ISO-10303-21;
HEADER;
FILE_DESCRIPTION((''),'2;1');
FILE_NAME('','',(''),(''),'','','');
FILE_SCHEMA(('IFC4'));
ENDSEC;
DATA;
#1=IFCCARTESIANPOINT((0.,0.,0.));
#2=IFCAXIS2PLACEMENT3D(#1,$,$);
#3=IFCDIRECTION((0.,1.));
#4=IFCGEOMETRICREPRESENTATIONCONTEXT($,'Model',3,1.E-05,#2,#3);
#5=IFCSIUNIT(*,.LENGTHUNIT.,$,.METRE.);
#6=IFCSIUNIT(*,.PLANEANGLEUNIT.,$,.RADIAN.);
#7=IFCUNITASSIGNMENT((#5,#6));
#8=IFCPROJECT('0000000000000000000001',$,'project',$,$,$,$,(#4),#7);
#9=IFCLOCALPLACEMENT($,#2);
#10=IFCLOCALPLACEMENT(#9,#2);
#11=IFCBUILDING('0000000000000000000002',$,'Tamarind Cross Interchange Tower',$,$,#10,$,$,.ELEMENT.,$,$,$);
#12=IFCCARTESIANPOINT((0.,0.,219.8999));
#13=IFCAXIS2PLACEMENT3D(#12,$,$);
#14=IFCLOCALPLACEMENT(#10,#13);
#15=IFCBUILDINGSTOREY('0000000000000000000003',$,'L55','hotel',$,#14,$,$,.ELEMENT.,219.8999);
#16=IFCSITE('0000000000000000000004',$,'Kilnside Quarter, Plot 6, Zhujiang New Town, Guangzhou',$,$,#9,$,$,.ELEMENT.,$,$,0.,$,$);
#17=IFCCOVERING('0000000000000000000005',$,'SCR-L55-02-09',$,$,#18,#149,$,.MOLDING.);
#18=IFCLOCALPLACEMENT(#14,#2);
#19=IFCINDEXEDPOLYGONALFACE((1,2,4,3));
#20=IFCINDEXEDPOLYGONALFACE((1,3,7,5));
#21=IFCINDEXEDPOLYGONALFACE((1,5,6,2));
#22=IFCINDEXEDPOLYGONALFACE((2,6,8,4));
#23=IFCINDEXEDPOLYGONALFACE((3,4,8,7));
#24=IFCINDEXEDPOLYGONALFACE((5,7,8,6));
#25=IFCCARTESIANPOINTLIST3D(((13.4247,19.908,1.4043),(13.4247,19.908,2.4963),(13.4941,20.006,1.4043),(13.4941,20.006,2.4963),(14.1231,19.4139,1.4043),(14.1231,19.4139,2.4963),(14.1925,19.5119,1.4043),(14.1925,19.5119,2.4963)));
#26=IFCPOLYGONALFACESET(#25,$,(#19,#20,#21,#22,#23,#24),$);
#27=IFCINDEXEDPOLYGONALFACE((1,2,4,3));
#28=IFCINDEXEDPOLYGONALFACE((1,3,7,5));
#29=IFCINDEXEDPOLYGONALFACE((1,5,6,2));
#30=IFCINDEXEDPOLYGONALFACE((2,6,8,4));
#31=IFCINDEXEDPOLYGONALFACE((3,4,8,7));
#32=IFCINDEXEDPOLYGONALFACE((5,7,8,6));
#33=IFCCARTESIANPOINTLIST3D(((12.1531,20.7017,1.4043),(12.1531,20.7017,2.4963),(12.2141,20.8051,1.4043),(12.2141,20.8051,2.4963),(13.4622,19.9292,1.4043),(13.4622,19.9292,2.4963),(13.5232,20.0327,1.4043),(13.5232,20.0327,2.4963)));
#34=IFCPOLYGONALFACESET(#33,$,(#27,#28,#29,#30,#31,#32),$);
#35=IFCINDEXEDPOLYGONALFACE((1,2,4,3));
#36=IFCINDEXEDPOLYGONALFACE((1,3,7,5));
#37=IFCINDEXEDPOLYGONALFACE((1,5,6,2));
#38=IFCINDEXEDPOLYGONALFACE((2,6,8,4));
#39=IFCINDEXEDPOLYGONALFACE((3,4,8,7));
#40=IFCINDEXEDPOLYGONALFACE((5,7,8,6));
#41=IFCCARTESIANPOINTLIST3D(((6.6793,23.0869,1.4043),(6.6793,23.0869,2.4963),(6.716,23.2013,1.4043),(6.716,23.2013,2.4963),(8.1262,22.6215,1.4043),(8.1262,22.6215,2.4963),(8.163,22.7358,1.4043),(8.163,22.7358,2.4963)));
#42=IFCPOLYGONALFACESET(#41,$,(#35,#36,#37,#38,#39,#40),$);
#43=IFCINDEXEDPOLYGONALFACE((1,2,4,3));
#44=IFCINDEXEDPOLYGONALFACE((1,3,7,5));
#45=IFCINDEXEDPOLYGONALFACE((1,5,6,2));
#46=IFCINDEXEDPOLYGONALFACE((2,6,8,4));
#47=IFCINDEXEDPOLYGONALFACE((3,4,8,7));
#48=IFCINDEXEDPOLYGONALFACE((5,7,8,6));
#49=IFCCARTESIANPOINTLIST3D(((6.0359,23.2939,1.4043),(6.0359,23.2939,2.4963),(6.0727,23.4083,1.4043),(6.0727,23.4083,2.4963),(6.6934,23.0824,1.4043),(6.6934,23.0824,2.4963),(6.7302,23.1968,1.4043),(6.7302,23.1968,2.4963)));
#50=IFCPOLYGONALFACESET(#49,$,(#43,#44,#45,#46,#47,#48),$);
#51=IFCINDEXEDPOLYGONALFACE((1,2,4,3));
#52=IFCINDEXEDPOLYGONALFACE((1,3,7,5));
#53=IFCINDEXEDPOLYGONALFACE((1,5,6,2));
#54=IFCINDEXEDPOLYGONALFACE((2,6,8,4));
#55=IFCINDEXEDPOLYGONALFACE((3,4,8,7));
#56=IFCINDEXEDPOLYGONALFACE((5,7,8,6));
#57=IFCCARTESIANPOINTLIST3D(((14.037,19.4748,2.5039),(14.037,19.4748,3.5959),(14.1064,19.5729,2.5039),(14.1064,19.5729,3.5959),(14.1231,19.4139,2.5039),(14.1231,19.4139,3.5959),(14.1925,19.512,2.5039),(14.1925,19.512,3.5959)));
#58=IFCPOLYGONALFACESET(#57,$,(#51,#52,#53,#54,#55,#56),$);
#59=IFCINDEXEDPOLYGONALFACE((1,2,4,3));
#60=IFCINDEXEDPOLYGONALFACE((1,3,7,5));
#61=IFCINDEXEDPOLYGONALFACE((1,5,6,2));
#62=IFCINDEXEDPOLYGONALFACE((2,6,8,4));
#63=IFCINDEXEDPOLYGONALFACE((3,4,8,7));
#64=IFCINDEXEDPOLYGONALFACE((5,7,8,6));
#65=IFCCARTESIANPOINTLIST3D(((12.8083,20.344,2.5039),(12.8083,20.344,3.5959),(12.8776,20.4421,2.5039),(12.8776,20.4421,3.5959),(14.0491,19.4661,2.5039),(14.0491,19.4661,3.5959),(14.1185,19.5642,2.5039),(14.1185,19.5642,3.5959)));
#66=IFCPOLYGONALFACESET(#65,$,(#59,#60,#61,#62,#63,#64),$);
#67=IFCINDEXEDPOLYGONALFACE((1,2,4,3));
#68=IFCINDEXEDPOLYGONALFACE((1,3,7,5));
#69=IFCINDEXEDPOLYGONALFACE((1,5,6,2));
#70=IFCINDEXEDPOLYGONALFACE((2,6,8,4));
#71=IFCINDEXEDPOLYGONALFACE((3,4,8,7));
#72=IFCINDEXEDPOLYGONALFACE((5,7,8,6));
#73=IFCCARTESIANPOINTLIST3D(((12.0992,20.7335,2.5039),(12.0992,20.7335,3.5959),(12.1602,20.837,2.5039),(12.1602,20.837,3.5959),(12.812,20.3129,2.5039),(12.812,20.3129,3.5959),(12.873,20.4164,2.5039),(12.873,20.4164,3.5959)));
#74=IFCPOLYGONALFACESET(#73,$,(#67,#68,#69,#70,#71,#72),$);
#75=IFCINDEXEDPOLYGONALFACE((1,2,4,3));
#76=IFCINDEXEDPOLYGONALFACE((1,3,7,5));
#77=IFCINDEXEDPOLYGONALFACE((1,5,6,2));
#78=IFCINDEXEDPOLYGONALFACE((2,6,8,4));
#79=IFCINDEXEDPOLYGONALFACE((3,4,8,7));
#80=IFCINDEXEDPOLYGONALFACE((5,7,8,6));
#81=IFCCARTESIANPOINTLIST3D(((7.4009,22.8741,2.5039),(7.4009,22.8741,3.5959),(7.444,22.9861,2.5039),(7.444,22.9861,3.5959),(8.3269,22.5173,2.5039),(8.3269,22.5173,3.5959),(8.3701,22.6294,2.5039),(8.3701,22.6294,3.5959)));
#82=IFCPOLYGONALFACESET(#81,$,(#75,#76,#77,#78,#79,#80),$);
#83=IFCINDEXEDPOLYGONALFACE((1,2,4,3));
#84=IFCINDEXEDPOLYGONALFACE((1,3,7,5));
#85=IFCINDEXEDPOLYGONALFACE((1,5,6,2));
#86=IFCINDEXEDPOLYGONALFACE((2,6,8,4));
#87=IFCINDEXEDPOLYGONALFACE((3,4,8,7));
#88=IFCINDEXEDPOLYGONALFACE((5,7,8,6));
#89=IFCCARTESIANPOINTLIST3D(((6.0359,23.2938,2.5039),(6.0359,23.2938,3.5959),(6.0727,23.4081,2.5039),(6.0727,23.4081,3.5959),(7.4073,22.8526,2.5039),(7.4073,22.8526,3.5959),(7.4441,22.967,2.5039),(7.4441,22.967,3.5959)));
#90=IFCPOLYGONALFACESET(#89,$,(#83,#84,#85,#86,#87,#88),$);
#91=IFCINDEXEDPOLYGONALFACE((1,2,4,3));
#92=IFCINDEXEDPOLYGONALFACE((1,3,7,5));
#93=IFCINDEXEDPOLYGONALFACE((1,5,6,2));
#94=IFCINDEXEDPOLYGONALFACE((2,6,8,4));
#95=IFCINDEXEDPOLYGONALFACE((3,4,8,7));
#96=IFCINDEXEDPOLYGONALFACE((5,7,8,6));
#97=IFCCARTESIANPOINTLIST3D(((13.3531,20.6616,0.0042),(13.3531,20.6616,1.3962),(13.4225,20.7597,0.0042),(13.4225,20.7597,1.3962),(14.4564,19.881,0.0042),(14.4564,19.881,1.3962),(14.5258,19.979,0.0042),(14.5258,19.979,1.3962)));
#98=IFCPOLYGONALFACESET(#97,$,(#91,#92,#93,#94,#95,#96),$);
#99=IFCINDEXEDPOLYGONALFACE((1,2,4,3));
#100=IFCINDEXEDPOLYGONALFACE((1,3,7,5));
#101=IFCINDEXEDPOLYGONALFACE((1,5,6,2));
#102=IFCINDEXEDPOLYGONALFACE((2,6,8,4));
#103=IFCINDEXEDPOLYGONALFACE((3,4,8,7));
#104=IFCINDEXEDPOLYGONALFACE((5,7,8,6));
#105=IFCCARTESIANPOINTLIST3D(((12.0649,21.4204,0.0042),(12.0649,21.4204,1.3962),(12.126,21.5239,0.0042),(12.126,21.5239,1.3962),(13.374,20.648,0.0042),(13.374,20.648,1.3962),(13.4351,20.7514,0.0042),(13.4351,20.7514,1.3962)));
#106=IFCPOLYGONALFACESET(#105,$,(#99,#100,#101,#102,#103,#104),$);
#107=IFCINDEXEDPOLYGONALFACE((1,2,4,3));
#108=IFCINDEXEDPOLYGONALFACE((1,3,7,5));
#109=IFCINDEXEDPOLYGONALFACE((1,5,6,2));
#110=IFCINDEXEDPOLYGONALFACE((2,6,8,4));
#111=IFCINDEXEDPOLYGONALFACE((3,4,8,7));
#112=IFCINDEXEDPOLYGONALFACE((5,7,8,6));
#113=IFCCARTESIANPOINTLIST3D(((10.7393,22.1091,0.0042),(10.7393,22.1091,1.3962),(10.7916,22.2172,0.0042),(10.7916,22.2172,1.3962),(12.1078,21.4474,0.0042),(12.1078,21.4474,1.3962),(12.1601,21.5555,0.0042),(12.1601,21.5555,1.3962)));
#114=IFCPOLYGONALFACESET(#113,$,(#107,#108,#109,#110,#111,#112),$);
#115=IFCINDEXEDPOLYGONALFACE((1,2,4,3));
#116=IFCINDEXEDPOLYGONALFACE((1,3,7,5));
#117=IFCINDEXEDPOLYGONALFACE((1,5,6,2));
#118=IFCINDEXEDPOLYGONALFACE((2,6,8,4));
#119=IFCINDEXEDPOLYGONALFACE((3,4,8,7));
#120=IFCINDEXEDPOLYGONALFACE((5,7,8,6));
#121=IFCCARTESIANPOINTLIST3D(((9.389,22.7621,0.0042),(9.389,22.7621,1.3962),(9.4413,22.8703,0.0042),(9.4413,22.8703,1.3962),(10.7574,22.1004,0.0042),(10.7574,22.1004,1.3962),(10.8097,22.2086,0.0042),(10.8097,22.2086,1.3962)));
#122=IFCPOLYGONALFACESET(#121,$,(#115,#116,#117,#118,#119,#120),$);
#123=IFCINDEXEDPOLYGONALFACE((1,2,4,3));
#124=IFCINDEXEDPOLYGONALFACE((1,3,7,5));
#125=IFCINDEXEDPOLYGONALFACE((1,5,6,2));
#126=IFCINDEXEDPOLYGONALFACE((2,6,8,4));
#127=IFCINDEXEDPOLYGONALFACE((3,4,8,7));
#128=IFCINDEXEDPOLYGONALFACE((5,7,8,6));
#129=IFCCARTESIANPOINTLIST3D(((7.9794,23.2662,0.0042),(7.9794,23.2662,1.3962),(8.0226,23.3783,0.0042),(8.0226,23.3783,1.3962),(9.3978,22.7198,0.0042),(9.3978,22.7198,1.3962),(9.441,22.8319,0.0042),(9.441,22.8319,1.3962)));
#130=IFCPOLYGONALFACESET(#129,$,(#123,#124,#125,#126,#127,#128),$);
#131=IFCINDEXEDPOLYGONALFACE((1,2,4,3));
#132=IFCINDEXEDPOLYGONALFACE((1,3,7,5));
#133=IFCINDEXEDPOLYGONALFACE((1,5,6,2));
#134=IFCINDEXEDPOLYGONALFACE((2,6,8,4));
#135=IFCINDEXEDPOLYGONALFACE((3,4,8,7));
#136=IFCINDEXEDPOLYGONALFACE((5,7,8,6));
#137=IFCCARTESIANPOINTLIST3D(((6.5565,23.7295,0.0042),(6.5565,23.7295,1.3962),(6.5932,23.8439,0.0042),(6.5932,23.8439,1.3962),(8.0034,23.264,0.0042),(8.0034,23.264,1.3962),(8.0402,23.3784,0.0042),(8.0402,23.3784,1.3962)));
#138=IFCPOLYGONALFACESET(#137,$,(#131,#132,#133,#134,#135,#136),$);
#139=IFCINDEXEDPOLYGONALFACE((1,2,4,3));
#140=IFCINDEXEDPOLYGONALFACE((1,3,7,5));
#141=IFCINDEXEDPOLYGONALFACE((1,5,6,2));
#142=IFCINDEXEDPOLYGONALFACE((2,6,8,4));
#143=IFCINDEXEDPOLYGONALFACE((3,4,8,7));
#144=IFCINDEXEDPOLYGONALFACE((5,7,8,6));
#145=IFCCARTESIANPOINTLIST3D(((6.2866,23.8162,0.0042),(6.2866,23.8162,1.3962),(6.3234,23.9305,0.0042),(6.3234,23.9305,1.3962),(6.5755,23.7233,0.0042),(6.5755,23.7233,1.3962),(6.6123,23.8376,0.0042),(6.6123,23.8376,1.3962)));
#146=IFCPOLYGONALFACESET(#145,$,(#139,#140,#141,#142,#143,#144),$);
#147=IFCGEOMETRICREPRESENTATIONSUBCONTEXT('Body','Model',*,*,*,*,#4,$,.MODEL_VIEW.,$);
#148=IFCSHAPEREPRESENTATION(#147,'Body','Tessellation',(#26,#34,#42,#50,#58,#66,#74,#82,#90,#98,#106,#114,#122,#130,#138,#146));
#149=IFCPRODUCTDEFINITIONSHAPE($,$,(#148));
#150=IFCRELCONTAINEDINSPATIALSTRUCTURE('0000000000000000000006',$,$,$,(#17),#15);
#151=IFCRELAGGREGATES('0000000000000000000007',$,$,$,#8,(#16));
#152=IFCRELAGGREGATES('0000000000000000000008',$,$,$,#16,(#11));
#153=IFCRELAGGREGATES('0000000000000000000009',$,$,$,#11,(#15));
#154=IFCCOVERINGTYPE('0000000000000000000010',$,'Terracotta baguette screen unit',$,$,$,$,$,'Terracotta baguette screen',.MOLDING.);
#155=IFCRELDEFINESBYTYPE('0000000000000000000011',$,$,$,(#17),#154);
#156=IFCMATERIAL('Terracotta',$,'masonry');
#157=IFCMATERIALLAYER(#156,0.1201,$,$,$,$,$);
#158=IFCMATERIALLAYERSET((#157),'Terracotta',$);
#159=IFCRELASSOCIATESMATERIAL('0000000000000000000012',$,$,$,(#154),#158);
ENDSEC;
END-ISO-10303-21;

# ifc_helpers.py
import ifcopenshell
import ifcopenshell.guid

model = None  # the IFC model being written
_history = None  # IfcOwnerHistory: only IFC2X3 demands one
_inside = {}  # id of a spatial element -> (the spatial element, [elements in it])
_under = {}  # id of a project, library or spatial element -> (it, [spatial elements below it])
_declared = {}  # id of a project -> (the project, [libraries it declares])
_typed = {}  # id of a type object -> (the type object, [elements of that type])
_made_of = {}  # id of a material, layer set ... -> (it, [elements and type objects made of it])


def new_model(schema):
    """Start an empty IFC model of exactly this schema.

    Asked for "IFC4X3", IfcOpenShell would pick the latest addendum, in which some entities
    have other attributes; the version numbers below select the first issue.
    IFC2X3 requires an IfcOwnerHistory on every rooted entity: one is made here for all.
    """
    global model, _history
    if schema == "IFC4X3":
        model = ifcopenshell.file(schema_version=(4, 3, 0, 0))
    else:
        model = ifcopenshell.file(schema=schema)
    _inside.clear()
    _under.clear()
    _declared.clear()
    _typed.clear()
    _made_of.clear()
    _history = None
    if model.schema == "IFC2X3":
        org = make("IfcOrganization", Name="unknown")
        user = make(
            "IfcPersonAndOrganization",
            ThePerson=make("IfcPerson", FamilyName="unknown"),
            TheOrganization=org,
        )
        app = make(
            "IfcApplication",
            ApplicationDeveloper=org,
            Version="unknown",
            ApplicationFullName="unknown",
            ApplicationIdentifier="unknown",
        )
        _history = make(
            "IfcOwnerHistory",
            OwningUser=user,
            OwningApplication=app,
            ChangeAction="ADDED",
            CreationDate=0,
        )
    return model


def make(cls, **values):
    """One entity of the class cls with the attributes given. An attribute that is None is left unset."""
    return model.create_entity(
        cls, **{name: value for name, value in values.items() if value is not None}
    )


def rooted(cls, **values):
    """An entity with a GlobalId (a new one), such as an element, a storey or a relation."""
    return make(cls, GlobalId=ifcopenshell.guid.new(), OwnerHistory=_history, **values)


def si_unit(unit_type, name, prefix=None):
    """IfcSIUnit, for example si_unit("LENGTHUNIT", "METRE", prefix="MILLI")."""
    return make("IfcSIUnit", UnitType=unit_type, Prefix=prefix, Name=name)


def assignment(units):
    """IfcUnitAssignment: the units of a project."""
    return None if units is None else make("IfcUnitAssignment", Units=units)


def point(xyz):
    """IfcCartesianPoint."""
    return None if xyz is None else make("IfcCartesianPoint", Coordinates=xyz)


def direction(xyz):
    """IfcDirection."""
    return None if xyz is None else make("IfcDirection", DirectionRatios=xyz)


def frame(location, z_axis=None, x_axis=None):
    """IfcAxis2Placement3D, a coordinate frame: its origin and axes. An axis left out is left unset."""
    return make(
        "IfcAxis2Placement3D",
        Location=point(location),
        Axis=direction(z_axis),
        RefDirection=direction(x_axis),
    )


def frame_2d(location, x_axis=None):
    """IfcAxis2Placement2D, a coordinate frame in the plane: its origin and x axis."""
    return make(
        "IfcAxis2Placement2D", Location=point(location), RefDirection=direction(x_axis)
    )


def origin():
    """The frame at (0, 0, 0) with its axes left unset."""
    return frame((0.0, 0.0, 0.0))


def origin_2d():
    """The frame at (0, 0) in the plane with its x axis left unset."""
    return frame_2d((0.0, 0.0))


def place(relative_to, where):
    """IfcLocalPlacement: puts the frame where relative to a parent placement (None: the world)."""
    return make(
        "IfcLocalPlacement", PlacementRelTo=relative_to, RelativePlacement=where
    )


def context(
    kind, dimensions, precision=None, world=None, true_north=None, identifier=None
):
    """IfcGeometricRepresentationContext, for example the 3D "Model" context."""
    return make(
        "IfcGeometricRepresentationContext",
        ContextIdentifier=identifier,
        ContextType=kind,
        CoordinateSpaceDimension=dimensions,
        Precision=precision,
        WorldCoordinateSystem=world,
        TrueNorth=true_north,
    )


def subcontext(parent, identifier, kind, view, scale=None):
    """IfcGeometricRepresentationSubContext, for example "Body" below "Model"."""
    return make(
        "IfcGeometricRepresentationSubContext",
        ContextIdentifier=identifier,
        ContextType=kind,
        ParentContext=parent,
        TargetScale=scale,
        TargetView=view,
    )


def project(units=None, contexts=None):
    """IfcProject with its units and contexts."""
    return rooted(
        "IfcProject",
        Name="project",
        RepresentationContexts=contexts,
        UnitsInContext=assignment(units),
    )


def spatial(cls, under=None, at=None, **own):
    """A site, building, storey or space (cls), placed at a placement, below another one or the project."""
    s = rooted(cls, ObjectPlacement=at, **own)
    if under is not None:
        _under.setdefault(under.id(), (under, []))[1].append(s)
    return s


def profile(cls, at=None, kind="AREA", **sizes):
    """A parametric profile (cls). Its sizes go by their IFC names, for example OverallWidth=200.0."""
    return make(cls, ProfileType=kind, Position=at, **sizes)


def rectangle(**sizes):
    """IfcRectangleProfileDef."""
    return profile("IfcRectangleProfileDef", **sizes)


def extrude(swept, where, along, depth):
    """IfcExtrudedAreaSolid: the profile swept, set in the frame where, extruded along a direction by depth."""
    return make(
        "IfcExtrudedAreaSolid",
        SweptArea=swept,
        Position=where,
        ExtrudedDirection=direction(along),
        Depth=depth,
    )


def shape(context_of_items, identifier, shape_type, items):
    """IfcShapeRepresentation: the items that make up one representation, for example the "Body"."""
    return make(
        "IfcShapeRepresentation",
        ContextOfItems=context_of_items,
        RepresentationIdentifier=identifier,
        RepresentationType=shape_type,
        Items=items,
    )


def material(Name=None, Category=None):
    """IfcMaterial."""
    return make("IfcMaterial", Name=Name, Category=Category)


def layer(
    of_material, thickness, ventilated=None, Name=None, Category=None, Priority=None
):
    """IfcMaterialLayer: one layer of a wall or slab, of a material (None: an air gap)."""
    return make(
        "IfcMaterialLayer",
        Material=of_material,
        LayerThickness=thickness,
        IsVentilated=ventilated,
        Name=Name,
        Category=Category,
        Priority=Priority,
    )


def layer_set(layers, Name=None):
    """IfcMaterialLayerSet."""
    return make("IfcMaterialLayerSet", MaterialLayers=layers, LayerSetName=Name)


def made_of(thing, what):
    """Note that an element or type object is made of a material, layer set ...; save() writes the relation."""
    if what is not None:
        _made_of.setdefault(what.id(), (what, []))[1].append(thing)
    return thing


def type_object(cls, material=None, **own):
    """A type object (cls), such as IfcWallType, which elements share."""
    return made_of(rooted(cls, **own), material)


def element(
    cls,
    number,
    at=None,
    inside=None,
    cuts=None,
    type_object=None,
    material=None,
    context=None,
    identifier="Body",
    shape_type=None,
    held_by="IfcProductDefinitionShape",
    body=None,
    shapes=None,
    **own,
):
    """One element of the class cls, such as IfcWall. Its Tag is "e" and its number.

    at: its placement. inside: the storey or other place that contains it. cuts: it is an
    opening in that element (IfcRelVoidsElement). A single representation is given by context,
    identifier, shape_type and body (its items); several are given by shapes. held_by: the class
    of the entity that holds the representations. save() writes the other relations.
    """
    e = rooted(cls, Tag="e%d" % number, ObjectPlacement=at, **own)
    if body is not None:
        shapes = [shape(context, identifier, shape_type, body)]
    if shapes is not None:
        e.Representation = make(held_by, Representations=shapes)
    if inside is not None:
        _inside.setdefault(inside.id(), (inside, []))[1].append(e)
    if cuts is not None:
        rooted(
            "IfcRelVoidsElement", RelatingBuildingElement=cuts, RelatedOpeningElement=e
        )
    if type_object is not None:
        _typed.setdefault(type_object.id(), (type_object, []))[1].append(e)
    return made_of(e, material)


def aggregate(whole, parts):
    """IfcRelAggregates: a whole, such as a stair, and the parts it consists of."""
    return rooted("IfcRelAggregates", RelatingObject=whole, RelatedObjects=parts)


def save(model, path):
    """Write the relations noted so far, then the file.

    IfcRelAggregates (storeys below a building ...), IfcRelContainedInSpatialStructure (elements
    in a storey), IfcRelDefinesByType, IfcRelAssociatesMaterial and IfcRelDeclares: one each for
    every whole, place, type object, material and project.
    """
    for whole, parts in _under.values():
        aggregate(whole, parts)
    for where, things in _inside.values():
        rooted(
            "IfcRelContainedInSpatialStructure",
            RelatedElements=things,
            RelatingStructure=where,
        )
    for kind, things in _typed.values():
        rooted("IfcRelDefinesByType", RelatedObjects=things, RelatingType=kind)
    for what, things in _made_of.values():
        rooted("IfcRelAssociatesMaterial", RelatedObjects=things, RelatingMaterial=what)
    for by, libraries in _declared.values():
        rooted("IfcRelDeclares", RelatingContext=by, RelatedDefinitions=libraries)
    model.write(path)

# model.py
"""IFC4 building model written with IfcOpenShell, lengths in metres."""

from ifc_helpers import new_model, si_unit, direction, frame, origin, origin_2d, place, context, subcontext, project, spatial, rectangle, extrude, material, layer, layer_set, type_object, element, save


model = new_model("IFC4")

# Units and contexts
model_context = context("Model", 3, precision=1e-05, world=origin(), true_north=direction((0.0, 1.0)))
body_context = subcontext(model_context, "Body", "Model", "MODEL_VIEW")
ifc_project = project(units=[si_unit("LENGTHUNIT", "METRE"), si_unit("PLANEANGLEUNIT", "RADIAN")], contexts=[model_context])

# Site, building, storey
site_placement = place(None, origin())
site = spatial("IfcSite", under=ifc_project, at=site_placement, Name="Kilnside Quarter, Plot 6, Zhujiang New Town, Guangzhou", CompositionType="ELEMENT", RefElevation=0.0)
building_placement = place(site_placement, origin())
building = spatial("IfcBuilding", under=site, at=building_placement, Name="Tamarind Cross Interchange Tower", CompositionType="ELEMENT")
storey_placement = place(building_placement, frame((0.0, 0.0, 219.8999)))
storey = spatial("IfcBuildingStorey", under=building, at=storey_placement, Name="L55", Description="hotel", CompositionType="ELEMENT", Elevation=219.8999)

# Covering
ifc_material_1 = material(Name="Terracotta", Category="masonry")
ifc_layer_1 = layer(ifc_material_1, 0.1201)
ifc_layer_set_1 = layer_set([ifc_layer_1], Name="Terracotta")
covering_type = type_object("IfcCoveringType", Name="Terracotta baguette screen unit", ElementType="Terracotta baguette screen", PredefinedType="MOLDING", material=ifc_layer_set_1)
covering_1_placement = place(storey_placement, origin())
element("IfcCovering", 1, at=covering_1_placement, inside=storey, type_object=covering_type, Name="SCR-L55-02-09", PredefinedType="MOLDING", context=body_context, shape_type="SweptSolid", body=[
    extrude(rectangle(XDim=0.8555, YDim=0.1201, at=origin_2d()), frame((13.8086, 19.71, 1.4043), z_axis=(0.0, 0.0, 1.0), x_axis=(-0.816342, 0.577569, 0.0)), (0.0, 0.0, 1.0), 1.092),
    extrude(rectangle(XDim=1.52, YDim=0.1201, at=origin_2d()), frame((12.8381, 20.3672, 1.4043), z_axis=(0.0, 0.0, 1.0), x_axis=(-0.861249, 0.508183, 0.0)), (0.0, 0.0, 1.0), 1.092),
    extrude(rectangle(XDim=1.52, YDim=0.1201, at=origin_2d()), frame((7.4211, 22.9114, 1.4043), z_axis=(0.0, 0.0, 1.0), x_axis=(-0.951959, 0.306225, 0.0)), (0.0, 0.0, 1.0), 1.092),
    extrude(rectangle(XDim=0.6907, YDim=0.1201, at=origin_2d()), frame((6.3831, 23.2454, 1.4043), z_axis=(0.0, 0.0, 1.0), x_axis=(-0.951959, 0.306225, 0.0)), (0.0, 0.0, 1.0), 1.092),
    extrude(rectangle(XDim=0.1055, YDim=0.1201, at=origin_2d()), frame((14.1147, 19.4934, 2.5039), z_axis=(0.0, 0.0, 1.0), x_axis=(-0.816342, 0.577569, 0.0)), (0.0, 0.0, 1.0), 1.092),
    extrude(rectangle(XDim=1.52, YDim=0.1201, at=origin_2d()), frame((13.4634, 19.9541, 2.5039), z_axis=(0.0, 0.0, 1.0), x_axis=(-0.816342, 0.577569, 0.0)), (0.0, 0.0, 1.0), 1.092),
    extrude(rectangle(XDim=0.8276, YDim=0.1201, at=origin_2d()), frame((12.4861, 20.575, 2.5039), z_axis=(0.0, 0.0, 1.0), x_axis=(-0.861249, 0.508183, 0.0)), (0.0, 0.0, 1.0), 1.092),
    extrude(rectangle(XDim=0.9924, YDim=0.1201, at=origin_2d()), frame((7.8855, 22.7517, 2.5039), z_axis=(0.0, 0.0, 1.0), x_axis=(-0.933147, 0.359495, 0.0)), (0.0, 0.0, 1.0), 1.092),
    extrude(rectangle(XDim=1.4407, YDim=0.1201, at=origin_2d()), frame((6.74, 23.1304, 2.5039), z_axis=(0.0, 0.0, 1.0), x_axis=(-0.951959, 0.306225, 0.0)), (0.0, 0.0, 1.0), 1.092),
    extrude(rectangle(XDim=1.3516, YDim=0.1201, at=origin_2d()), frame((13.9395, 20.3203, 0.0042), z_axis=(0.0, 0.0, 1.0), x_axis=(-0.816342, 0.577569, 0.0)), (0.0, 0.0, 1.0), 1.3921),
    extrude(rectangle(XDim=1.52, YDim=0.1201, at=origin_2d()), frame((12.75, 21.0859, 0.0042), z_axis=(0.0, 0.0, 1.0), x_axis=(-0.861249, 0.508183, 0.0)), (0.0, 0.0, 1.0), 1.3921),
    extrude(rectangle(XDim=1.52, YDim=0.1201, at=origin_2d()), frame((11.4497, 21.8323, 0.0042), z_axis=(0.0, 0.0, 1.0), x_axis=(-0.900273, 0.435326, 0.0)), (0.0, 0.0, 1.0), 1.3921),
    extrude(rectangle(XDim=1.52, YDim=0.1201, at=origin_2d()), frame((10.0994, 22.4854, 0.0042), z_axis=(0.0, 0.0, 1.0), x_axis=(-0.900273, 0.435326, 0.0)), (0.0, 0.0, 1.0), 1.3921),
    extrude(rectangle(XDim=1.52, YDim=0.1201, at=origin_2d()), frame((8.7102, 23.0491, 0.0042), z_axis=(0.0, 0.0, 1.0), x_axis=(-0.933147, 0.359495, 0.0)), (0.0, 0.0, 1.0), 1.3921),
    extrude(rectangle(XDim=1.52, YDim=0.1201, at=origin_2d()), frame((7.2983, 23.554, 0.0042), z_axis=(0.0, 0.0, 1.0), x_axis=(-0.951959, 0.306225, 0.0)), (0.0, 0.0, 1.0), 1.3921),
    extrude(rectangle(XDim=0.3035, YDim=0.1201, at=origin_2d()), frame((6.4495, 23.8269, 0.0042), z_axis=(0.0, 0.0, 1.0), x_axis=(-0.951959, 0.306225, 0.0)), (0.0, 0.0, 1.0), 1.3921),
])

save(model, "model.ifc")
